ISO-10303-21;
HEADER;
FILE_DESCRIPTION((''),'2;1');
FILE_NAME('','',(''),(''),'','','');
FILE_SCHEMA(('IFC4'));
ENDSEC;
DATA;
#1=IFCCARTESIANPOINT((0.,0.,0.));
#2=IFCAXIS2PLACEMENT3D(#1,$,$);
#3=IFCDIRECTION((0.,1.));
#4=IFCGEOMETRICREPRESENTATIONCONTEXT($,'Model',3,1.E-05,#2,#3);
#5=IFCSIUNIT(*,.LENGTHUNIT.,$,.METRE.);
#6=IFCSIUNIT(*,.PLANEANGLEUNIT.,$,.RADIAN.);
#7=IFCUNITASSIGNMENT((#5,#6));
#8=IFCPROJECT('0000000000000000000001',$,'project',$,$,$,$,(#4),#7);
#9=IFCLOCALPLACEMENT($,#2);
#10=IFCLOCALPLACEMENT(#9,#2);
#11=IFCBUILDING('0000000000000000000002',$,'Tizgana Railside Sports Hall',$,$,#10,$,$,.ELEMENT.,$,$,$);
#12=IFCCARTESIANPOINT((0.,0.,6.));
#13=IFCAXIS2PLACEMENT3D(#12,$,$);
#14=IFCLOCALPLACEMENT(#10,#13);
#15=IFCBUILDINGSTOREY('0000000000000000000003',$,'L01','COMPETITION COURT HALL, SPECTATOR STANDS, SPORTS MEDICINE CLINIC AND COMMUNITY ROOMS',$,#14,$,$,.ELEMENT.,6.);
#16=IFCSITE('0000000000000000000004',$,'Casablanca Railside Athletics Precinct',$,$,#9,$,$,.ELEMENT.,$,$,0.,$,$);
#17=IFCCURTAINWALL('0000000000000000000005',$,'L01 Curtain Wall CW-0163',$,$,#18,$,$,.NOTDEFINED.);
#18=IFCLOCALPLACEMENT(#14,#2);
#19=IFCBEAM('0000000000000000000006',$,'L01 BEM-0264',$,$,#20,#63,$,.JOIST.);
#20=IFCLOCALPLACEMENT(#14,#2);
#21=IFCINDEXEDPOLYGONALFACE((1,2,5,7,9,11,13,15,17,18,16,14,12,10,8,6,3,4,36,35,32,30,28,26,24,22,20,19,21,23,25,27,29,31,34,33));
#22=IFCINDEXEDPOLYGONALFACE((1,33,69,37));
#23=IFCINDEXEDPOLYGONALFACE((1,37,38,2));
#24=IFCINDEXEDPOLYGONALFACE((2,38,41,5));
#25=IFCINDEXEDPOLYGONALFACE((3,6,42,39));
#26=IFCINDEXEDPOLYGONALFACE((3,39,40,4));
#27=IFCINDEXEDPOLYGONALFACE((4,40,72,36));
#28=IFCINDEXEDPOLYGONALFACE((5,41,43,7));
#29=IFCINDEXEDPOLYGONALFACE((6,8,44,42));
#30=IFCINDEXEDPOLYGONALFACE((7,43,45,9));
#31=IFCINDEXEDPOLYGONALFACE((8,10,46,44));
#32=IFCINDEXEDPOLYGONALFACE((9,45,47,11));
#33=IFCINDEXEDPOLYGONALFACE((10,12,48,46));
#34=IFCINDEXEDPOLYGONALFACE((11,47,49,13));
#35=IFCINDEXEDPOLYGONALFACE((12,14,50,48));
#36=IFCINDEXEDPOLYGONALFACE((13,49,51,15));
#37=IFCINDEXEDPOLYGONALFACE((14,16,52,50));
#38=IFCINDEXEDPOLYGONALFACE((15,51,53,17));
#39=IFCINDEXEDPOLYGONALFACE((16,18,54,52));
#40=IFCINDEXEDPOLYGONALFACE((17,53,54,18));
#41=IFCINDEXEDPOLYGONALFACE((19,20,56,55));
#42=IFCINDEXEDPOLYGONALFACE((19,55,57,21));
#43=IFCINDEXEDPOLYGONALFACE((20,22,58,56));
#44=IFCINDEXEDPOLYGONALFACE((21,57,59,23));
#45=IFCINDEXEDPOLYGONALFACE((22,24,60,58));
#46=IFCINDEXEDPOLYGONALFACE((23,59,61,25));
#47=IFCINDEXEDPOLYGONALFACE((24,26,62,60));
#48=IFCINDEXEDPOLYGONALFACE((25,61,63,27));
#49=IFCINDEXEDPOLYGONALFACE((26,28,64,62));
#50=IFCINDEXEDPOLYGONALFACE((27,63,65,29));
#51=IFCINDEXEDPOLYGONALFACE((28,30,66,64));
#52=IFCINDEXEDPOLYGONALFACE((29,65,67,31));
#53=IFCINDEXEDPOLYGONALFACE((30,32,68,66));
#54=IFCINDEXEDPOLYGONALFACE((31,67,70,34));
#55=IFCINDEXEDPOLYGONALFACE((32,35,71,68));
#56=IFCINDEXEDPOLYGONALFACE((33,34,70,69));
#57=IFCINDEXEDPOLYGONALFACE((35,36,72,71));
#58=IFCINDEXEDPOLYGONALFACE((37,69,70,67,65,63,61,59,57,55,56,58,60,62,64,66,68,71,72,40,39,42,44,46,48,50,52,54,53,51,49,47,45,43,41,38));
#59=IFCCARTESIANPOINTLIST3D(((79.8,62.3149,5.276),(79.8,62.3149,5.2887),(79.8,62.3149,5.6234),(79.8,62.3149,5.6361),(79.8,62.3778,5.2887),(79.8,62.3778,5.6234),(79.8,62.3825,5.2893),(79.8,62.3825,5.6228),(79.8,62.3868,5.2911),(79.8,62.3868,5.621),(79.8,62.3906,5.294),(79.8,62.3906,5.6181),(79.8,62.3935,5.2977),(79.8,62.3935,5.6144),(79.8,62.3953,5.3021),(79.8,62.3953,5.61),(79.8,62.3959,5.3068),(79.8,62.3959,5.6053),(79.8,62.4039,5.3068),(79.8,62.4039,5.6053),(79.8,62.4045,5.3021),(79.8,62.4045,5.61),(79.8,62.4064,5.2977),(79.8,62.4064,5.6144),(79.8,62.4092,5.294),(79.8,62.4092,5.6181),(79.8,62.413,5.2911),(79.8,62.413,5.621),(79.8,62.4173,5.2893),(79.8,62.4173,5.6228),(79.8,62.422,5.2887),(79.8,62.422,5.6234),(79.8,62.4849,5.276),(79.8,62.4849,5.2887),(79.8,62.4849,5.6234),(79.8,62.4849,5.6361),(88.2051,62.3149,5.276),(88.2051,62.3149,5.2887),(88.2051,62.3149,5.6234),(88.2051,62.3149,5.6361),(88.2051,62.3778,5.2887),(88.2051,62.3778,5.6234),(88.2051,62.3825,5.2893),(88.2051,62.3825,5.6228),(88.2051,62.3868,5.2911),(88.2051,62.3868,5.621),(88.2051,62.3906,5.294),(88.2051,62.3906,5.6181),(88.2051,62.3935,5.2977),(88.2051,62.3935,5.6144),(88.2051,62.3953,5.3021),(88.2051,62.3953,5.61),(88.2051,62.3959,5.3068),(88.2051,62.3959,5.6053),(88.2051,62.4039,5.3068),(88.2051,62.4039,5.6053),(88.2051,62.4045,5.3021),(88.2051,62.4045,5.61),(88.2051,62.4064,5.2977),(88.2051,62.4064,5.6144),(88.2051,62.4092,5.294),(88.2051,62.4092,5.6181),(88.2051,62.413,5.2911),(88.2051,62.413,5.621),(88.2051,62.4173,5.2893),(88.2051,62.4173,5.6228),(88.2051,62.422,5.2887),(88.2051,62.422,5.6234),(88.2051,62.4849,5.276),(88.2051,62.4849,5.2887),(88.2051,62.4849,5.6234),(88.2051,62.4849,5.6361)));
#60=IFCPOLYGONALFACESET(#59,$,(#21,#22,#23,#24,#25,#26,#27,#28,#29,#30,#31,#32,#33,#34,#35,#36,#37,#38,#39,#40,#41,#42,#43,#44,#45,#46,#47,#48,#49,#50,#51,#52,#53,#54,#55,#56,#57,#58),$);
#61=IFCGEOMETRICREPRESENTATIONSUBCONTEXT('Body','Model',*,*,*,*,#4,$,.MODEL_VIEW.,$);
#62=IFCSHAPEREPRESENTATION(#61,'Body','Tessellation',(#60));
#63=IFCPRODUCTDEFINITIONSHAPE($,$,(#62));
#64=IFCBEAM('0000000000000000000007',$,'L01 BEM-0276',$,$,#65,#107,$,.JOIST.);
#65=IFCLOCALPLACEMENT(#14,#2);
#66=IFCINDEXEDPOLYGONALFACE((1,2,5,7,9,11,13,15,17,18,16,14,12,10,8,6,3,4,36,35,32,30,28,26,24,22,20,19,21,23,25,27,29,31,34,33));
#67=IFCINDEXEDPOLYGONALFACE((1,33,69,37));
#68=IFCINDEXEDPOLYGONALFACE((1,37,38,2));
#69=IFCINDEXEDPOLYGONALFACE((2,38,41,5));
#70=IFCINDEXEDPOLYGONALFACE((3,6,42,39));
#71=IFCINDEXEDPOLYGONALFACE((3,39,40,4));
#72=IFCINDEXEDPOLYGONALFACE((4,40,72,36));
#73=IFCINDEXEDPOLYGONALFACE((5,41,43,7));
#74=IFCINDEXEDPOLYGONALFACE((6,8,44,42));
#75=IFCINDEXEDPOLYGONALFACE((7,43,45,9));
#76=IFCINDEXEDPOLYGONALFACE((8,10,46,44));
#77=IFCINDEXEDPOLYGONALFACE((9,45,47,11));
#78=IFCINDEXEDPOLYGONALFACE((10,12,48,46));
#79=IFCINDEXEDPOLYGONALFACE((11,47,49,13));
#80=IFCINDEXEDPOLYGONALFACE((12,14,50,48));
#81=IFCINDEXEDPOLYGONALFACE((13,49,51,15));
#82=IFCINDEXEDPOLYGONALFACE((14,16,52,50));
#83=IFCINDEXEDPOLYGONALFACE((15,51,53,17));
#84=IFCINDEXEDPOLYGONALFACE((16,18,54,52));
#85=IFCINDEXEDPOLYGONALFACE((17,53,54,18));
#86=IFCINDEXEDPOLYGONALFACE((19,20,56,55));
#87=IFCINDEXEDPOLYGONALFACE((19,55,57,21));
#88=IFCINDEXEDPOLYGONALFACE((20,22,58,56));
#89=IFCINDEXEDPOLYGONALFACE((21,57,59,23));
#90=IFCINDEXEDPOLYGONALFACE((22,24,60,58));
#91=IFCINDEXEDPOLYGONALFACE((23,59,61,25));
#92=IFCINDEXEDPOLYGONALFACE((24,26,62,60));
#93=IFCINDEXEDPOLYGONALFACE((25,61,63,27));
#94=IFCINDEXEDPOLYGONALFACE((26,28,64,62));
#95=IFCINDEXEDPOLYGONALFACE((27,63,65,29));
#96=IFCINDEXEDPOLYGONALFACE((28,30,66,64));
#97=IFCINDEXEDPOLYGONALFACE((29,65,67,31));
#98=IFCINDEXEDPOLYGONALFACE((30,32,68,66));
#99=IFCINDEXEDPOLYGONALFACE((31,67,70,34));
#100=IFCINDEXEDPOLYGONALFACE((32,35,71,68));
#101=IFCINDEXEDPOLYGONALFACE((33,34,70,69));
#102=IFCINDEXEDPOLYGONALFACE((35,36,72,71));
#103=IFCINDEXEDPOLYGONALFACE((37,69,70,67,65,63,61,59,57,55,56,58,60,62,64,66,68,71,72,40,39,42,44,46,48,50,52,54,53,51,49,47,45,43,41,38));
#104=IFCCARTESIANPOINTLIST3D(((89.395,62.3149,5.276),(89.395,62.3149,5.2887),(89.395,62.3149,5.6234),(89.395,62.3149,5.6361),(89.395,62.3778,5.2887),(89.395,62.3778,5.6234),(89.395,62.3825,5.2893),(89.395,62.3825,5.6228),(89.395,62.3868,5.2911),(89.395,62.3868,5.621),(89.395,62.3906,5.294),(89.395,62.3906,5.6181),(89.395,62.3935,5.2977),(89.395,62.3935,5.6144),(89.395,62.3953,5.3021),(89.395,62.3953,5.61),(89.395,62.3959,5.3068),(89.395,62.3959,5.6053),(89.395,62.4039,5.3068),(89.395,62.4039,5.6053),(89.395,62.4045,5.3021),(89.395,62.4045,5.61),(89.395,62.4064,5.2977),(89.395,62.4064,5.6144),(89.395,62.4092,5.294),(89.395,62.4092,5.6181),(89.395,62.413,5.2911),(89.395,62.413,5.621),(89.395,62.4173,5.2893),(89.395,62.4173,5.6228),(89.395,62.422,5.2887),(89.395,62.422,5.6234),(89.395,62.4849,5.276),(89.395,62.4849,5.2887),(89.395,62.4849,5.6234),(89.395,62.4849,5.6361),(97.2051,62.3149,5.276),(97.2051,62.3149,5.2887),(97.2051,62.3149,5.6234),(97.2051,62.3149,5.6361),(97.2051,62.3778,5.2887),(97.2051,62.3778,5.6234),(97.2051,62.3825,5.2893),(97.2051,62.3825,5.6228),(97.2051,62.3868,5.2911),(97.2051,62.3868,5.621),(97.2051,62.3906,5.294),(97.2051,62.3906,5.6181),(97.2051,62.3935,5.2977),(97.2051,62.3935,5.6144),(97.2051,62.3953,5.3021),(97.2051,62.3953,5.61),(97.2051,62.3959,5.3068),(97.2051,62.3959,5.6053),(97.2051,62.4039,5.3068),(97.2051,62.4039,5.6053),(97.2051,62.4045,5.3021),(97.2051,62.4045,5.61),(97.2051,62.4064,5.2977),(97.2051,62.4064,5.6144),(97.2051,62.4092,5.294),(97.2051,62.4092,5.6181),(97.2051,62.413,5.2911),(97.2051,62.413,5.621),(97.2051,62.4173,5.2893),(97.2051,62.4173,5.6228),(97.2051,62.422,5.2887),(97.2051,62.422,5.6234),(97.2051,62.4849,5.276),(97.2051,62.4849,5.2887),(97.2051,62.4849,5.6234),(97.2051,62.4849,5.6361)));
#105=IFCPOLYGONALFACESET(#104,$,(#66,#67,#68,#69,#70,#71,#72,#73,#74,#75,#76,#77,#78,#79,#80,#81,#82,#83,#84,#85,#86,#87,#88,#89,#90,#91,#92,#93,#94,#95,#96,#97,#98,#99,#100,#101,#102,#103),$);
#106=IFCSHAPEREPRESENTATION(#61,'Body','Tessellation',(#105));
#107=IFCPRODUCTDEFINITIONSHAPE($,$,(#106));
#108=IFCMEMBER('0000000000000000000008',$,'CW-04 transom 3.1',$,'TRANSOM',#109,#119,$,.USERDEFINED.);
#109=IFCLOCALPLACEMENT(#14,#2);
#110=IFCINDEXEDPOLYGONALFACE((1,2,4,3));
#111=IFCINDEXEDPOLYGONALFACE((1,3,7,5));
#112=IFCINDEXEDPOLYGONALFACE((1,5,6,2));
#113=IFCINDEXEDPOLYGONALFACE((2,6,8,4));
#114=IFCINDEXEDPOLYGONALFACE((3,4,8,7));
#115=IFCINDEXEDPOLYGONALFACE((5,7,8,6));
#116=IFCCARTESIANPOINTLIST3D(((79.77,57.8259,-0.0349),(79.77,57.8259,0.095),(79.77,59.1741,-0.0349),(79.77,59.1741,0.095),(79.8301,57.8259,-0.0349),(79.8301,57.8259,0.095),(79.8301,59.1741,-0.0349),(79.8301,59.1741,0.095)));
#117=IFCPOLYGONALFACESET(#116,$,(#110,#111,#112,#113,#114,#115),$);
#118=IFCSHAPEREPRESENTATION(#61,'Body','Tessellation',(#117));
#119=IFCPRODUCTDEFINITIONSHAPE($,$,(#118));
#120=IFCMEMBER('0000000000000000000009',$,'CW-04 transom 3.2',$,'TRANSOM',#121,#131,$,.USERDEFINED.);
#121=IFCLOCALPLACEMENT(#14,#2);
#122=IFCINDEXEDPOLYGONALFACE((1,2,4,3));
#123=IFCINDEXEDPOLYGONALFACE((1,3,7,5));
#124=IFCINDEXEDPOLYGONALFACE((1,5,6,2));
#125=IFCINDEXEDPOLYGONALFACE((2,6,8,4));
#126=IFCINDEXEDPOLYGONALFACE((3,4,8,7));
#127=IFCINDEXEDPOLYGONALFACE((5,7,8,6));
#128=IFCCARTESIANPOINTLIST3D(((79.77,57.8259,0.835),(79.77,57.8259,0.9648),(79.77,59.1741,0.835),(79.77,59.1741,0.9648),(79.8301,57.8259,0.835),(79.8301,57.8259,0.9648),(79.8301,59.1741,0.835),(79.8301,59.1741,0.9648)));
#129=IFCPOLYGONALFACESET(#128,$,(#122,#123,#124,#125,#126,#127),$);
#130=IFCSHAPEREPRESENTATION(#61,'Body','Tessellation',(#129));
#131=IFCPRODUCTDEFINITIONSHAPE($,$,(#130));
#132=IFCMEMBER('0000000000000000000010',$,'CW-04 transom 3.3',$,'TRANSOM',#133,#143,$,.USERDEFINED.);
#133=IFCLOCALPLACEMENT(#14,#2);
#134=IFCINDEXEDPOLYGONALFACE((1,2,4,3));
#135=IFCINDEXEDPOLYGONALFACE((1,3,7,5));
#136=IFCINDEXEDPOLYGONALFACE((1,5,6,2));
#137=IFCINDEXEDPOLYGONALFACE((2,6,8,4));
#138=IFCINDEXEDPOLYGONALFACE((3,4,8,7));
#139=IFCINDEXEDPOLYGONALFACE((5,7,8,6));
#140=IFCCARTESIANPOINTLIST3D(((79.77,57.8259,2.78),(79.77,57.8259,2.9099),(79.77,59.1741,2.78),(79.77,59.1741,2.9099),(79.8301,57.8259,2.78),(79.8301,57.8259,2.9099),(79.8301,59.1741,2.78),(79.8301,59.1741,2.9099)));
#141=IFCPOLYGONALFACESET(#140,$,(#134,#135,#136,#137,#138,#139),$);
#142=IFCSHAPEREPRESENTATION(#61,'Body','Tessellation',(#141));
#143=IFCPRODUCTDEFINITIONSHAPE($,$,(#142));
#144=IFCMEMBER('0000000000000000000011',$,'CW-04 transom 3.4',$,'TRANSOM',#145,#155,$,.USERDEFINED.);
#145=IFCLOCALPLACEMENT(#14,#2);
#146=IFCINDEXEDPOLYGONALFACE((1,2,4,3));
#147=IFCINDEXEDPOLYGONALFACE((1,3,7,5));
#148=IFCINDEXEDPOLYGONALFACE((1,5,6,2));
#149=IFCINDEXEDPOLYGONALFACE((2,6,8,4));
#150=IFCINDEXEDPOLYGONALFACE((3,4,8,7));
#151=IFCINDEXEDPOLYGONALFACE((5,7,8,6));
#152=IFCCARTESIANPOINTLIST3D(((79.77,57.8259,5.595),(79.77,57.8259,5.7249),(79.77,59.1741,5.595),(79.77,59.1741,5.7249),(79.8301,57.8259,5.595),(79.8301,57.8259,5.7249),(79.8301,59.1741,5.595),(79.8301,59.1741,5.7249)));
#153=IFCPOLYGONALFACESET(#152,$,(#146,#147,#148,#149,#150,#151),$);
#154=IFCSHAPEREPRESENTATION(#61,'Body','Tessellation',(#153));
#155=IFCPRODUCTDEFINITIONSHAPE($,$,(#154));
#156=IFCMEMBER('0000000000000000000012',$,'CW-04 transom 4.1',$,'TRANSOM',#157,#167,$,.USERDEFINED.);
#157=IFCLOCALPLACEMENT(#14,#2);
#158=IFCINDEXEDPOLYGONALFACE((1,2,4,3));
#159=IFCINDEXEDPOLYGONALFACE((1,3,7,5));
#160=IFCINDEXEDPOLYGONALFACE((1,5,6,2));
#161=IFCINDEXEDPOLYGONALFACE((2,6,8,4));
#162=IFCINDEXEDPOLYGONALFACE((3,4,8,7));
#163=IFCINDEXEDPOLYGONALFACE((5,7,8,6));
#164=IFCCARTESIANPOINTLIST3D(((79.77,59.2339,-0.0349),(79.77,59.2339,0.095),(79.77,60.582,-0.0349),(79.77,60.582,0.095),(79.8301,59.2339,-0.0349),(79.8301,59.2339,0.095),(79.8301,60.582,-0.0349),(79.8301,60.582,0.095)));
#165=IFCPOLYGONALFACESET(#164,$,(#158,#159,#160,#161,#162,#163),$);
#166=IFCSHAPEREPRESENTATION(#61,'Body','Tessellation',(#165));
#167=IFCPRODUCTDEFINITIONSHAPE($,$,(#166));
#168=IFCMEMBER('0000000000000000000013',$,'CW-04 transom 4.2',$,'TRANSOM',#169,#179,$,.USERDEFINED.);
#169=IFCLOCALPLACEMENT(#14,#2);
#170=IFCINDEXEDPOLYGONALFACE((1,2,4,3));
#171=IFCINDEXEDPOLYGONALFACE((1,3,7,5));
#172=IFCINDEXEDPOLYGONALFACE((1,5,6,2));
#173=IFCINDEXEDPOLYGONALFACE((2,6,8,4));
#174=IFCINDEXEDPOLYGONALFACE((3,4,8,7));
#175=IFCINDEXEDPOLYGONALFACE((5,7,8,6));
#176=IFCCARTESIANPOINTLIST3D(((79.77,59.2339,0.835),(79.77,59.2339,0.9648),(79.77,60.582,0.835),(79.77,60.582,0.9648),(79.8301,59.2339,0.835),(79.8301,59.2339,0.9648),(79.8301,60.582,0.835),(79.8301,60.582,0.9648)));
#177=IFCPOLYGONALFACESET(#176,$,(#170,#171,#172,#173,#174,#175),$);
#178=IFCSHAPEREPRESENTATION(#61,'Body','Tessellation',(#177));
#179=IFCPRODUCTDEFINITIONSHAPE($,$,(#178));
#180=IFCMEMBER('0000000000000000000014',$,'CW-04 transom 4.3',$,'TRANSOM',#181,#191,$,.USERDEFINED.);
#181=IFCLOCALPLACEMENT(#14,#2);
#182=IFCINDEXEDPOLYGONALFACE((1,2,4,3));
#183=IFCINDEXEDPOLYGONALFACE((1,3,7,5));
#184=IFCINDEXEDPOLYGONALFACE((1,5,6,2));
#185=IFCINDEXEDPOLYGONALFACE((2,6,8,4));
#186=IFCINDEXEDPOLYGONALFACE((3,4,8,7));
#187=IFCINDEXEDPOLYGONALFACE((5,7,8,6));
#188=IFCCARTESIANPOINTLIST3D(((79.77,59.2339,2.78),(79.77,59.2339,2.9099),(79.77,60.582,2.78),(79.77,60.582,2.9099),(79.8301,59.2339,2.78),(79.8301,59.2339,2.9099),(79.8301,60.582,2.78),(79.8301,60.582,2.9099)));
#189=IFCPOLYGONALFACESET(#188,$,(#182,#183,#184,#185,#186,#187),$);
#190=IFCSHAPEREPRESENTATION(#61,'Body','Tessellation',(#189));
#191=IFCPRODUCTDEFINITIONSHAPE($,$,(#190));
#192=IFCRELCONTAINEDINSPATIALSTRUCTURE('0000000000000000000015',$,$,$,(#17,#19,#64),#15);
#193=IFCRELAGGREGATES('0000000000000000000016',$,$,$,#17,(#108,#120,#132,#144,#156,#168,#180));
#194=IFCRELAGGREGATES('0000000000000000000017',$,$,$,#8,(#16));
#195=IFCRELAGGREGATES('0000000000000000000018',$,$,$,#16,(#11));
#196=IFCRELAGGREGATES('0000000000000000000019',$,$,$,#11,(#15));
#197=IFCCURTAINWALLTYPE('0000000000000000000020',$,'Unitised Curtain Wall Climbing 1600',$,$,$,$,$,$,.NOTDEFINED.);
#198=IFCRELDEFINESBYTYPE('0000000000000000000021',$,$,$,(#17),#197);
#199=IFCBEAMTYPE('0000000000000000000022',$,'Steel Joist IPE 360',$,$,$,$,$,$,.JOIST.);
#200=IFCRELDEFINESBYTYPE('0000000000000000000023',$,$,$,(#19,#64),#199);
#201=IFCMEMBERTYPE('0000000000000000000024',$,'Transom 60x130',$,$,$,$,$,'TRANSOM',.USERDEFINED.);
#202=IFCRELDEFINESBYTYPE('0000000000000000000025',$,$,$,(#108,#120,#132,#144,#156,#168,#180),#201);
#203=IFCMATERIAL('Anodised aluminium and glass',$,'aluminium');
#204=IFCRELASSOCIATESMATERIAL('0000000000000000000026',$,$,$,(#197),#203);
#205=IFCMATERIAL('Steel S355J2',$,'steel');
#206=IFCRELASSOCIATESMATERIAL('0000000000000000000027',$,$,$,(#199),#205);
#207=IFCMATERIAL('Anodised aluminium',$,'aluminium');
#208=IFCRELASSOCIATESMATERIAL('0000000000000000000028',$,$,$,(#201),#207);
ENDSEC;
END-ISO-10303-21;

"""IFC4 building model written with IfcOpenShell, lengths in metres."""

from ifc_helpers import new_model, si_unit, direction, frame, origin, origin_2d, place, context, subcontext, project, spatial, rectangle, i_section, extrude, material, material_profile, profile_set, type_object, element, aggregate, save


model = new_model("IFC4")

# Units and contexts
model_context = context("Model", 3, precision=1e-05, world=origin(), true_north=direction((0.0, 1.0)))
body_context = subcontext(model_context, "Body", "Model", "MODEL_VIEW")
ifc_project = project(units=[si_unit("LENGTHUNIT", "METRE"), si_unit("PLANEANGLEUNIT", "RADIAN")], contexts=[model_context])

# Site, building, storey
site_placement = place(None, origin())
site = spatial("IfcSite", under=ifc_project, at=site_placement, Name="Casablanca Railside Athletics Precinct", CompositionType="ELEMENT", RefElevation=0.0)
building_placement = place(site_placement, origin())
building = spatial("IfcBuilding", under=site, at=building_placement, Name="Tizgana Railside Sports Hall", CompositionType="ELEMENT")
storey_placement = place(building_placement, frame((0.0, 0.0, 6.0)))
storey = spatial("IfcBuildingStorey", under=building, at=storey_placement, Name="L01", Description="COMPETITION COURT HALL, SPECTATOR STANDS, SPORTS MEDICINE CLINIC AND COMMUNITY ROOMS", CompositionType="ELEMENT", Elevation=6.0)

# Curtain wall
ifc_material_1 = material(Name="Anodised aluminium and glass", Category="aluminium")
curtain_wall_type = type_object("IfcCurtainWallType", Name="Unitised Curtain Wall Climbing 1600", PredefinedType="NOTDEFINED", material=ifc_material_1)
curtain_wall_placement = place(storey_placement, origin())
curtain_wall = element("IfcCurtainWall", 1, at=curtain_wall_placement, inside=storey, type_object=curtain_wall_type, Name="L01 Curtain Wall CW-0163", PredefinedType="NOTDEFINED")
ifc_material_2 = material(Name="Anodised aluminium", Category="aluminium")

# Beams
ifc_material_3 = material(Name="Steel S355J2", Category="steel")
ifc_material_profile_1 = material_profile(ifc_material_3, i_section(OverallWidth=0.1699, OverallDepth=0.3601, WebThickness=0.0081, FlangeThickness=0.0127, FilletRadius=0.0181, at=origin_2d()), Name="IPE 360")
ifc_profile_set_1 = profile_set([ifc_material_profile_1], Name="Steel S355J2")
beam_type_1 = type_object("IfcBeamType", Name="Steel Joist IPE 360", PredefinedType="JOIST", material=ifc_profile_set_1)
beam_1_placement = place(storey_placement, frame((79.8, 62.3999, 5.4561), z_axis=(1.0, 0.0, 0.0), x_axis=(0.0, 1.0, 0.0)))
element("IfcBeam", 2, at=beam_1_placement, inside=storey, type_object=beam_type_1, Name="L01 BEM-0264", PredefinedType="JOIST", context=body_context, shape_type="SweptSolid", body=[
    extrude(i_section(OverallWidth=0.1699, OverallDepth=0.3601, WebThickness=0.0081, FlangeThickness=0.0127, FilletRadius=0.0181, at=origin_2d()), origin(), (0.0, 0.0, 1.0), 8.405),
])
beam_2_placement = place(storey_placement, frame((89.395, 62.3999, 5.4561), z_axis=(1.0, 0.0, 0.0), x_axis=(0.0, 1.0, 0.0)))
element("IfcBeam", 3, at=beam_2_placement, inside=storey, type_object=beam_type_1, Name="L01 BEM-0276", PredefinedType="JOIST", context=body_context, shape_type="SweptSolid", body=[
    extrude(i_section(OverallWidth=0.1699, OverallDepth=0.3601, WebThickness=0.0081, FlangeThickness=0.0127, FilletRadius=0.0181, at=origin_2d()), origin(), (0.0, 0.0, 1.0), 7.8101),
])

# Members
ifc_material_profile_2 = material_profile(ifc_material_2, rectangle(XDim=0.0601, YDim=0.1299, at=origin_2d()), Name="Transom 60x130")
ifc_profile_set_2 = profile_set([ifc_material_profile_2], Name="Anodised aluminium")
member_type_1 = type_object("IfcMemberType", Name="Transom 60x130", ElementType="TRANSOM", PredefinedType="USERDEFINED", material=ifc_profile_set_2)
member_1_placement = place(storey_placement, frame((79.8, 57.8259, 0.03), z_axis=(0.0, 1.0, 0.0), x_axis=(-1.0, 0.0, 0.0)))
member_1 = element("IfcMember", 4, at=member_1_placement, type_object=member_type_1, Name="CW-04 transom 3.1", ObjectType="TRANSOM", PredefinedType="USERDEFINED", context=body_context, shape_type="SweptSolid", body=[
    extrude(rectangle(XDim=0.0601, YDim=0.1299, at=origin_2d()), origin(), (0.0, 0.0, 1.0), 1.3481),
])
member_2_placement = place(storey_placement, frame((79.8, 57.8259, 0.8999), z_axis=(0.0, 1.0, 0.0), x_axis=(-1.0, 0.0, 0.0)))
member_2 = element("IfcMember", 5, at=member_2_placement, type_object=member_type_1, Name="CW-04 transom 3.2", ObjectType="TRANSOM", PredefinedType="USERDEFINED", context=body_context, shape_type="SweptSolid", body=[
    extrude(rectangle(XDim=0.0601, YDim=0.1299, at=origin_2d()), origin(), (0.0, 0.0, 1.0), 1.3481),
])
member_3_placement = place(storey_placement, frame((79.8, 57.8259, 2.845), z_axis=(0.0, 1.0, 0.0), x_axis=(-1.0, 0.0, 0.0)))
member_3 = element("IfcMember", 6, at=member_3_placement, type_object=member_type_1, Name="CW-04 transom 3.3", ObjectType="TRANSOM", PredefinedType="USERDEFINED", context=body_context, shape_type="SweptSolid", body=[
    extrude(rectangle(XDim=0.0601, YDim=0.1299, at=origin_2d()), origin(), (0.0, 0.0, 1.0), 1.3481),
])
member_4_placement = place(storey_placement, frame((79.8, 57.8259, 5.6599), z_axis=(0.0, 1.0, 0.0), x_axis=(-1.0, 0.0, 0.0)))
member_4 = element("IfcMember", 7, at=member_4_placement, type_object=member_type_1, Name="CW-04 transom 3.4", ObjectType="TRANSOM", PredefinedType="USERDEFINED", context=body_context, shape_type="SweptSolid", body=[
    extrude(rectangle(XDim=0.0601, YDim=0.1299, at=origin_2d()), origin(), (0.0, 0.0, 1.0), 1.3481),
])
member_5_placement = place(storey_placement, frame((79.8, 59.2339, 0.03), z_axis=(0.0, 1.0, 0.0), x_axis=(-1.0, 0.0, 0.0)))
member_5 = element("IfcMember", 8, at=member_5_placement, type_object=member_type_1, Name="CW-04 transom 4.1", ObjectType="TRANSOM", PredefinedType="USERDEFINED", context=body_context, shape_type="SweptSolid", body=[
    extrude(rectangle(XDim=0.0601, YDim=0.1299, at=origin_2d()), origin(), (0.0, 0.0, 1.0), 1.3481),
])
member_6_placement = place(storey_placement, frame((79.8, 59.2339, 0.8999), z_axis=(0.0, 1.0, 0.0), x_axis=(-1.0, 0.0, 0.0)))
member_6 = element("IfcMember", 9, at=member_6_placement, type_object=member_type_1, Name="CW-04 transom 4.2", ObjectType="TRANSOM", PredefinedType="USERDEFINED", context=body_context, shape_type="SweptSolid", body=[
    extrude(rectangle(XDim=0.0601, YDim=0.1299, at=origin_2d()), origin(), (0.0, 0.0, 1.0), 1.3481),
])
member_7_placement = place(storey_placement, frame((79.8, 59.2339, 2.845), z_axis=(0.0, 1.0, 0.0), x_axis=(-1.0, 0.0, 0.0)))
member_7 = element("IfcMember", 10, at=member_7_placement, type_object=member_type_1, Name="CW-04 transom 4.3", ObjectType="TRANSOM", PredefinedType="USERDEFINED", context=body_context, shape_type="SweptSolid", body=[
    extrude(rectangle(XDim=0.0601, YDim=0.1299, at=origin_2d()), origin(), (0.0, 0.0, 1.0), 1.3481),
])

aggregate(curtain_wall, [member_1, member_2, member_3, member_4, member_5, member_6, member_7])

save(model, "model.ifc")
